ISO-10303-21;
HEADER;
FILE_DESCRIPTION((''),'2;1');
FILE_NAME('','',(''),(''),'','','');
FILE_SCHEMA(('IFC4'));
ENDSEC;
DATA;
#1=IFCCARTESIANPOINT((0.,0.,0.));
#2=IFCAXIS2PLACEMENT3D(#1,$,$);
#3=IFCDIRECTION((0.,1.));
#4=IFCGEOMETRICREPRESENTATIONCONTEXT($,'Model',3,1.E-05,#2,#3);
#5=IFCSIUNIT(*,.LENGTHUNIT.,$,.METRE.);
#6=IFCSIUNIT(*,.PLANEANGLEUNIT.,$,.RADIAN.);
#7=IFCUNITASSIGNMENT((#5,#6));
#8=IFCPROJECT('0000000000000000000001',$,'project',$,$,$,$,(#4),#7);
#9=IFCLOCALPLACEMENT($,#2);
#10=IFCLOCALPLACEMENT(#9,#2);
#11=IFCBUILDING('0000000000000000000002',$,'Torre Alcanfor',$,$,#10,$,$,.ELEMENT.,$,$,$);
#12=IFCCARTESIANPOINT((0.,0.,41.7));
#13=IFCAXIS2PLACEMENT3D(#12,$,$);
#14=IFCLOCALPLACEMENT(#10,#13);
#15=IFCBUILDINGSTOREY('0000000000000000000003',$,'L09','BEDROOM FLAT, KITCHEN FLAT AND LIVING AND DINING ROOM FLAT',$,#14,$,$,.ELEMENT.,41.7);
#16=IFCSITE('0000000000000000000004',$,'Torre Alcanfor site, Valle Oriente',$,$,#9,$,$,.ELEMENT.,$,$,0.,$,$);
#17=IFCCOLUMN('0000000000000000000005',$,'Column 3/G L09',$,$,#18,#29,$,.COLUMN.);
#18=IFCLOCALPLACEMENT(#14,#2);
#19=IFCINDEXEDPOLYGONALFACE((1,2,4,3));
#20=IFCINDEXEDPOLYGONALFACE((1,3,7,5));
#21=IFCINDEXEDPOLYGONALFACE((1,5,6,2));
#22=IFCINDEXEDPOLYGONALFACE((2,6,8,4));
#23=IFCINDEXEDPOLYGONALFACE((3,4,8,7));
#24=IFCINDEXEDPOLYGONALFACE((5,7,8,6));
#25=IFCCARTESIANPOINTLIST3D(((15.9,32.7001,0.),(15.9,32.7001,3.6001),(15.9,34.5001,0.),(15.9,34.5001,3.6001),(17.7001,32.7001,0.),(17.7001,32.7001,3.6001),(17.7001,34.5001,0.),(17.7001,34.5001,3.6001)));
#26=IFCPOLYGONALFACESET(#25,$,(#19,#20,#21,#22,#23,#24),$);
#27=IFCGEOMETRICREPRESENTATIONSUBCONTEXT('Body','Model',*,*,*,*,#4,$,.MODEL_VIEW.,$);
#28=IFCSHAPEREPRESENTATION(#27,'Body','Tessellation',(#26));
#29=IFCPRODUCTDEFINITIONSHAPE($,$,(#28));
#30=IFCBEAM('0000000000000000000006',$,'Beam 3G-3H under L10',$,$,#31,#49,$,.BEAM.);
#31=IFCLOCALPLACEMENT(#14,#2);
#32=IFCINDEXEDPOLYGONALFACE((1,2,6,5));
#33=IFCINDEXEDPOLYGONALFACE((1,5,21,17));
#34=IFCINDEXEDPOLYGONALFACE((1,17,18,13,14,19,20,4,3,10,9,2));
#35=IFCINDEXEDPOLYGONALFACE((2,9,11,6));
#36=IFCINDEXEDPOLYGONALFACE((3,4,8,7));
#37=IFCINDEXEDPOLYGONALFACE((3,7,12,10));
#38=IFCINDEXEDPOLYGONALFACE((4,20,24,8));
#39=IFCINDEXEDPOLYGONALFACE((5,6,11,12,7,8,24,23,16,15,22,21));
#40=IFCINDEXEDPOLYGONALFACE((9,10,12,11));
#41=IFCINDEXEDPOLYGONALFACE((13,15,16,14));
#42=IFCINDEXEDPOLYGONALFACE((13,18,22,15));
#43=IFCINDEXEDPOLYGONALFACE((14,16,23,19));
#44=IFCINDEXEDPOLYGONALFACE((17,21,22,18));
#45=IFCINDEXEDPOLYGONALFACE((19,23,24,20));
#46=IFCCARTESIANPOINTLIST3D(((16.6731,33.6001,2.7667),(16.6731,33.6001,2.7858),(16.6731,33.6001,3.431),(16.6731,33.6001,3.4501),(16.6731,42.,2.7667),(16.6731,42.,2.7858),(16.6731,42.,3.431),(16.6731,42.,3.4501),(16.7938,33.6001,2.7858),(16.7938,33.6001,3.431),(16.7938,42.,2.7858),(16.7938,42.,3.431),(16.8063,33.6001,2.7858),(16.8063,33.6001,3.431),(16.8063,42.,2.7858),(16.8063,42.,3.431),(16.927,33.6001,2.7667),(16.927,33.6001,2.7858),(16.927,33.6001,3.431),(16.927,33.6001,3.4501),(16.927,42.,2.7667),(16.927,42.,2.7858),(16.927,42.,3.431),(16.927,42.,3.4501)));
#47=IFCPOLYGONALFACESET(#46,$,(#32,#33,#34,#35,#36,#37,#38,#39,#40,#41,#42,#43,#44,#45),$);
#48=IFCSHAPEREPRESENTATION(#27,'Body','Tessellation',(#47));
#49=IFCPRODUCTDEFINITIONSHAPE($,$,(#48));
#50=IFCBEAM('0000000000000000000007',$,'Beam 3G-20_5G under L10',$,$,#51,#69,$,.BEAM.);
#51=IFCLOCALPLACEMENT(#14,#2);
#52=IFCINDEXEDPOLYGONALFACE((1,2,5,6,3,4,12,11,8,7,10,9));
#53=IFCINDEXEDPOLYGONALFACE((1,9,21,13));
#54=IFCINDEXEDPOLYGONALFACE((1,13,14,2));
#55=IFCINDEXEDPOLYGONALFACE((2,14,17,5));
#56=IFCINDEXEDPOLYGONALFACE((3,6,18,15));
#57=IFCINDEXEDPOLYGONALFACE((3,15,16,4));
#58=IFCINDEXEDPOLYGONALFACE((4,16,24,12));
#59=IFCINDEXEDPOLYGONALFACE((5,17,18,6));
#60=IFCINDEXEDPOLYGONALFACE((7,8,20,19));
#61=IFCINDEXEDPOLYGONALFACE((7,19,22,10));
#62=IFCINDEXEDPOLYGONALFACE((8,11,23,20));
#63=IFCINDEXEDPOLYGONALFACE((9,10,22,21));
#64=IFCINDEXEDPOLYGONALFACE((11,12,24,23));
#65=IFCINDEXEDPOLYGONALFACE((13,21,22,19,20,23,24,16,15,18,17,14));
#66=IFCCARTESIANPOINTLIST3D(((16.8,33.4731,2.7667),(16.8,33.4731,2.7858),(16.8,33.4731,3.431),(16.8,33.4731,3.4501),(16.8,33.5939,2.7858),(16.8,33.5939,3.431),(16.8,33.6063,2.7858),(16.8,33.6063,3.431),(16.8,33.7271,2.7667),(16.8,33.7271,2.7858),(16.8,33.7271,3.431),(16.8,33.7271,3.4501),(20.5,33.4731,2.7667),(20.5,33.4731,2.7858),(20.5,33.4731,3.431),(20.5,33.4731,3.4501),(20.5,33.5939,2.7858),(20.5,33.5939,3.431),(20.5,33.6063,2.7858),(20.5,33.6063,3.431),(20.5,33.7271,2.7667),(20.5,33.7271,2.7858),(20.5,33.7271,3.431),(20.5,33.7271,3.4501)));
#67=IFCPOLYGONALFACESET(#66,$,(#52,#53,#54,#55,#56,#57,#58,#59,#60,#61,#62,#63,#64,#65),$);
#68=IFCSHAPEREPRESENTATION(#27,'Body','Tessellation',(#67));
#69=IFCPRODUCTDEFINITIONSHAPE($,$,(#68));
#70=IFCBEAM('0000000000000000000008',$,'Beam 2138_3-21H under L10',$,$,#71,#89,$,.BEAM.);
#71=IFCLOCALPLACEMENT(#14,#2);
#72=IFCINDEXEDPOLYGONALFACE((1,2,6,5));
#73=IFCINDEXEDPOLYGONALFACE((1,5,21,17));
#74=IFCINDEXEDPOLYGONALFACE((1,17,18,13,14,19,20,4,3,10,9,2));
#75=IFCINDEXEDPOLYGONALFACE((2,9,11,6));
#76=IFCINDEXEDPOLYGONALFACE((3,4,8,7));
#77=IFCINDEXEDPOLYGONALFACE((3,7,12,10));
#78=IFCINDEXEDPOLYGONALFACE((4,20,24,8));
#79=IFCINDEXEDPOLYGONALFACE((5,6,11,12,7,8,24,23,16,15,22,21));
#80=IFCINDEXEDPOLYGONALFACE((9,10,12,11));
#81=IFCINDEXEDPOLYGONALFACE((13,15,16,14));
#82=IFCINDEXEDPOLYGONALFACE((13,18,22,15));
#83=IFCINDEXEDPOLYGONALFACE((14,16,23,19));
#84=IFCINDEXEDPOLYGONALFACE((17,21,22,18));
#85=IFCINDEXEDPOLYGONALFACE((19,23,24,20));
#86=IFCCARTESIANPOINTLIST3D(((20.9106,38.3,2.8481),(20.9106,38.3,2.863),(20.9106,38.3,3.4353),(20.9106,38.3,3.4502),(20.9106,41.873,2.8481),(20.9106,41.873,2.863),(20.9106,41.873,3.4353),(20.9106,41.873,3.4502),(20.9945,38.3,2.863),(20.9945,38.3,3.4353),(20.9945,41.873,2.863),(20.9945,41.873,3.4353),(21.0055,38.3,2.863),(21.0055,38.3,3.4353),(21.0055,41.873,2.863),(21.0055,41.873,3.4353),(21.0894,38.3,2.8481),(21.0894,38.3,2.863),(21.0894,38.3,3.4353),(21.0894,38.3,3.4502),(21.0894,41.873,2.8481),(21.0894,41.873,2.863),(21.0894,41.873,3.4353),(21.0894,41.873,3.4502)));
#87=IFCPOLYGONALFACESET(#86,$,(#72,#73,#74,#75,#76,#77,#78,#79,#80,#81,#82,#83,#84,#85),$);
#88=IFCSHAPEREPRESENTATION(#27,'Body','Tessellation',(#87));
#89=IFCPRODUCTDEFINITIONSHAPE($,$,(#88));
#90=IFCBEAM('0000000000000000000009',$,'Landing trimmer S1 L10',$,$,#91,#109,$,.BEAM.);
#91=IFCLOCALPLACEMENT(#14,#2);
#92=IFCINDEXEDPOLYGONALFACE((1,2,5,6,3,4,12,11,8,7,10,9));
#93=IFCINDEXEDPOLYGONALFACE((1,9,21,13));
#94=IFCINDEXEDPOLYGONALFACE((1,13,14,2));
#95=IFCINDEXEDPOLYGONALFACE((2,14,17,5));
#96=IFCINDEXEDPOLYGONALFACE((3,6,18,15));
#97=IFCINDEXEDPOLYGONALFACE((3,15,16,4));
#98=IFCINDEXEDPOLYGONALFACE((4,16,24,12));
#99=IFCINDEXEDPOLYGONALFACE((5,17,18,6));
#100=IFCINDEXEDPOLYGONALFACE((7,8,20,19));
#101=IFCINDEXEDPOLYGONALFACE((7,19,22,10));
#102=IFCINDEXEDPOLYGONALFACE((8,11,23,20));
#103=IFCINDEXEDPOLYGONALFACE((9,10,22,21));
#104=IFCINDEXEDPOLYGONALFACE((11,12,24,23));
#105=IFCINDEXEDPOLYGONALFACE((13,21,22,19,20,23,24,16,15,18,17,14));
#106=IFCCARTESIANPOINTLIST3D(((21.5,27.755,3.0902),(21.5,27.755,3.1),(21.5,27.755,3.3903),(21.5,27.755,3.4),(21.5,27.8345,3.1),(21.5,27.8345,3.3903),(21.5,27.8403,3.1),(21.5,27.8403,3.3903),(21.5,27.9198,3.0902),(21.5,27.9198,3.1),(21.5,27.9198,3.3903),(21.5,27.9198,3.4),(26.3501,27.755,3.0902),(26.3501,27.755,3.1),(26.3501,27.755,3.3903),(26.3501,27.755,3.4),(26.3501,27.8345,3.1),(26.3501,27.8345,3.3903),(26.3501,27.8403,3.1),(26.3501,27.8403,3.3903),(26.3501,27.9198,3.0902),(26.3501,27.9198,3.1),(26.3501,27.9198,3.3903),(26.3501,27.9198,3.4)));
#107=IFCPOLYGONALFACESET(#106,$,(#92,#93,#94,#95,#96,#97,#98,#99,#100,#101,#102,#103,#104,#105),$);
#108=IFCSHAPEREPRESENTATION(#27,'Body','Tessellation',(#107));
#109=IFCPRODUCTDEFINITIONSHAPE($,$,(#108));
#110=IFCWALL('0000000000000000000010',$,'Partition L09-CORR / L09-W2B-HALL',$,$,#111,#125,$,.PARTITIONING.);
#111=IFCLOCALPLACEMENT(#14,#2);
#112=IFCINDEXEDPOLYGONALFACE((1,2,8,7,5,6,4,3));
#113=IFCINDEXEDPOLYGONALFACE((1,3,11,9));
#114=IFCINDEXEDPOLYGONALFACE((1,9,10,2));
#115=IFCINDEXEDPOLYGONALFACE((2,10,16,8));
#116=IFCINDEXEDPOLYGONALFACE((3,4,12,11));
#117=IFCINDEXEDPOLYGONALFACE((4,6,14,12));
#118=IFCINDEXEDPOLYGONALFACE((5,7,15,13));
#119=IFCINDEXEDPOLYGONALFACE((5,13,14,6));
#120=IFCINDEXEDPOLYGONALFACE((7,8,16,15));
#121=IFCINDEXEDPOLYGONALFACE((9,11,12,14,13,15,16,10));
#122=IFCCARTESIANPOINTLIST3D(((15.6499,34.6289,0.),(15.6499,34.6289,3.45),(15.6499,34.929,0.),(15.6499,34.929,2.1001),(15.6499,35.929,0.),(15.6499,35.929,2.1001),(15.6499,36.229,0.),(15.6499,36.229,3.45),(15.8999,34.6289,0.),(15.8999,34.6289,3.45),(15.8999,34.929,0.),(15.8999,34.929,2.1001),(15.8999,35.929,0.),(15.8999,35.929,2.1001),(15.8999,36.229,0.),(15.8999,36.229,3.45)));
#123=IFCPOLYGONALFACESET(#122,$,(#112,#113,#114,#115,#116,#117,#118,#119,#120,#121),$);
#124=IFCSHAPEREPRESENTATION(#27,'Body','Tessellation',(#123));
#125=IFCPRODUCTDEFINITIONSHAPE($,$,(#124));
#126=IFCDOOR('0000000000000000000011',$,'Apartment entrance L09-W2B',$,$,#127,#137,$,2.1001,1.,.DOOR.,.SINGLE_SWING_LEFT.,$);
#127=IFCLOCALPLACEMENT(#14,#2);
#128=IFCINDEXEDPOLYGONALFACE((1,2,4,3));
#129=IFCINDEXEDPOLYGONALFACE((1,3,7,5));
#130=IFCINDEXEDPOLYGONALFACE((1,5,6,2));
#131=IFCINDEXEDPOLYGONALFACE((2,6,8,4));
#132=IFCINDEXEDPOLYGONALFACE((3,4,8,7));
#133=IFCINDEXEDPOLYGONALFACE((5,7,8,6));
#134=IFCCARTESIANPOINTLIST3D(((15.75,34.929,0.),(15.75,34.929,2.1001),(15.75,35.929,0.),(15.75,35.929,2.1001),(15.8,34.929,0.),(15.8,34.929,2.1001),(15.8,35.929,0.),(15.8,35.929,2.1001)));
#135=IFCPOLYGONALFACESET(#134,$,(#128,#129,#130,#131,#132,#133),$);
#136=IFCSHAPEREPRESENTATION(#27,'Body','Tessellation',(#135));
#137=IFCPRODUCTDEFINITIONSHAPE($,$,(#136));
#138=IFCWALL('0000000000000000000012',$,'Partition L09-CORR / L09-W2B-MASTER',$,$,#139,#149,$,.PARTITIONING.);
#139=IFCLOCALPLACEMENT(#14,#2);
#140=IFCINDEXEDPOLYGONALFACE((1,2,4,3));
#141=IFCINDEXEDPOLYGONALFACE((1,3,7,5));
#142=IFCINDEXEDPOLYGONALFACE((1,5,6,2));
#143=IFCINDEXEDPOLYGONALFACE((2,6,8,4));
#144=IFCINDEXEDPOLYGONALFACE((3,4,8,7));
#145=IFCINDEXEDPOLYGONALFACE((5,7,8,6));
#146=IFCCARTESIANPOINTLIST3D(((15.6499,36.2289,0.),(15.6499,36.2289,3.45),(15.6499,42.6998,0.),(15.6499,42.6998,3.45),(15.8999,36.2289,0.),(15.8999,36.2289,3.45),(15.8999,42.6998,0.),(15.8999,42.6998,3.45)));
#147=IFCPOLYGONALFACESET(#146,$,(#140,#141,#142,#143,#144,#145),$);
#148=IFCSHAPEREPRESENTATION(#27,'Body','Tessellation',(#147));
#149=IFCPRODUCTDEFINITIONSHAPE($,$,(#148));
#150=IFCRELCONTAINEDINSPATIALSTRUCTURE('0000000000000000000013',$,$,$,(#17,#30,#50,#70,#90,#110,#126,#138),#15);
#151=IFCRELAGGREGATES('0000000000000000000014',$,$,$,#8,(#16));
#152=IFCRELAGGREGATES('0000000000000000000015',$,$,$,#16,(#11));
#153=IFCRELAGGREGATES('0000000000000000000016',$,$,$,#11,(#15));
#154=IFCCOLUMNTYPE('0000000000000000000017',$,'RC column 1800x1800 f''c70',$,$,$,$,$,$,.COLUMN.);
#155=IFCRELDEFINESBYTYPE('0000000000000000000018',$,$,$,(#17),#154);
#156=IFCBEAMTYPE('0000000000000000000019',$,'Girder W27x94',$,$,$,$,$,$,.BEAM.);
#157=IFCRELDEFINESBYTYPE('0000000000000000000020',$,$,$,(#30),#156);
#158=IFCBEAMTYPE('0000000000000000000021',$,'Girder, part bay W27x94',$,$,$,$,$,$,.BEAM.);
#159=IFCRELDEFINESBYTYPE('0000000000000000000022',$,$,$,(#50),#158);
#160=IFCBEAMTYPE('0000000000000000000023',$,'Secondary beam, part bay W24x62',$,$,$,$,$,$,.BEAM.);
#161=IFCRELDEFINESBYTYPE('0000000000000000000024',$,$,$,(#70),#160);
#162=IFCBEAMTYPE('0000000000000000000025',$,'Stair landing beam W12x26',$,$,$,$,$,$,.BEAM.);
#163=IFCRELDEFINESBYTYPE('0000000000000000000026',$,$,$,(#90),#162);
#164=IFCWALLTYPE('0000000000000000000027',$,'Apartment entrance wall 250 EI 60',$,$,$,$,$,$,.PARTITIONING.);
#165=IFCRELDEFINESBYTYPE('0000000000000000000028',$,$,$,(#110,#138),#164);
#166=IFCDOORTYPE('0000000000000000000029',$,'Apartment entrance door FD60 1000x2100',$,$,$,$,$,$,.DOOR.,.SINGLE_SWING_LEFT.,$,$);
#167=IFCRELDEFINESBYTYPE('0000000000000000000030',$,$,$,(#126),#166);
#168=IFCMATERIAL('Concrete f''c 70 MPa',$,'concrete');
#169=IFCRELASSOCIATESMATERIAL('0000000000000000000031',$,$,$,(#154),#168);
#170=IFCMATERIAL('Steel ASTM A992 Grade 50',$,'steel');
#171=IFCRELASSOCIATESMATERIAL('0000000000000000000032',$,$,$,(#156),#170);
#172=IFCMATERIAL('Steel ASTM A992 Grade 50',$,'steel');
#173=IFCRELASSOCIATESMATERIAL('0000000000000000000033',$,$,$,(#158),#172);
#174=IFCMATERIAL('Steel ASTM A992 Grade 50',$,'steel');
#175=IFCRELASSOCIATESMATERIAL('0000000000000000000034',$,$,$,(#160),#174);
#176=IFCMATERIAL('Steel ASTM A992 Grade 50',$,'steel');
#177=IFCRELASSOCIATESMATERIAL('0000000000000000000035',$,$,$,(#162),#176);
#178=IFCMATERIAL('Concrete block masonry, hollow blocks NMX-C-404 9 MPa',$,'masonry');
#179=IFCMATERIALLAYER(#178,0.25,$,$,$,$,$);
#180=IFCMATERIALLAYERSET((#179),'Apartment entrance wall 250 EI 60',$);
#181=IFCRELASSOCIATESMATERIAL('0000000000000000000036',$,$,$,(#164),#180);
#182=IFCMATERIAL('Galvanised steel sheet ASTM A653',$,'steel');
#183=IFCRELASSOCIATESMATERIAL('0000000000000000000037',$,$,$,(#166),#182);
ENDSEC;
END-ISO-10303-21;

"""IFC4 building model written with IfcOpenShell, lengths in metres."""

from ifc_helpers import new_model, si_unit, direction, frame, frame_2d, origin, origin_2d, place, context, subcontext, project, spatial, rectangle, i_section, extrude, material, layer, layer_set, material_profile, profile_set, type_object, element, fill, save


model = new_model("IFC4")

# Units and contexts
model_context = context("Model", 3, precision=1e-05, world=origin(), true_north=direction((0.0, 1.0)))
body_context = subcontext(model_context, "Body", "Model", "MODEL_VIEW")
ifc_project = project(units=[si_unit("LENGTHUNIT", "METRE"), si_unit("PLANEANGLEUNIT", "RADIAN")], contexts=[model_context])

# Site, building, storey
site_placement = place(None, origin())
site = spatial("IfcSite", under=ifc_project, at=site_placement, Name="Torre Alcanfor site, Valle Oriente", CompositionType="ELEMENT", RefElevation=0.0)
building_placement = place(site_placement, origin())
building = spatial("IfcBuilding", under=site, at=building_placement, Name="Torre Alcanfor", CompositionType="ELEMENT")
storey_placement = place(building_placement, frame((0.0, 0.0, 41.7)))
storey = spatial("IfcBuildingStorey", under=building, at=storey_placement, Name="L09", Description="BEDROOM FLAT, KITCHEN FLAT AND LIVING AND DINING ROOM FLAT", CompositionType="ELEMENT", Elevation=41.7)

# Column
ifc_material_1 = material(Name="Concrete f'c 70 MPa", Category="concrete")
ifc_material_profile_1 = material_profile(ifc_material_1, rectangle(XDim=1.8, YDim=1.8, at=origin_2d()), Name="1800x1800")
ifc_profile_set_1 = profile_set([ifc_material_profile_1], Name="Concrete f'c 70 MPa")
column_type = type_object("IfcColumnType", Name="RC column 1800x1800 f'c70", PredefinedType="COLUMN", material=ifc_profile_set_1)
column_placement = place(storey_placement, frame((16.8, 33.6001, 0.0), z_axis=(0.0, 0.0, 1.0), x_axis=(1.0, 0.0, 0.0)))
element("IfcColumn", 1, at=column_placement, inside=storey, type_object=column_type, Name="Column 3/G L09", PredefinedType="COLUMN", context=body_context, shape_type="SweptSolid", body=[
    extrude(rectangle(XDim=1.8, YDim=1.8, at=origin_2d()), origin(), (0.0, 0.0, 1.0), 3.6001),
])

# Beams
ifc_material_2 = material(Name="Steel ASTM A992 Grade 50", Category="steel")
ifc_material_profile_2 = material_profile(ifc_material_2, i_section(OverallWidth=0.2539, OverallDepth=0.6833, WebThickness=0.0125, FlangeThickness=0.019, at=origin_2d()), Name="W27x94")
ifc_profile_set_2 = profile_set([ifc_material_profile_2], Name="Steel ASTM A992 Grade 50")
beam_type_1 = type_object("IfcBeamType", Name="Girder W27x94", PredefinedType="BEAM", material=ifc_profile_set_2)
beam_1_placement = place(storey_placement, frame((16.8, 33.6001, 3.1084), z_axis=(0.0, 1.0, 0.0), x_axis=(-1.0, 0.0, 0.0)))
element("IfcBeam", 2, at=beam_1_placement, inside=storey, type_object=beam_type_1, Name="Beam 3G-3H under L10", PredefinedType="BEAM", context=body_context, shape_type="SweptSolid", body=[
    extrude(i_section(OverallWidth=0.2539, OverallDepth=0.6833, WebThickness=0.0125, FlangeThickness=0.019, at=origin_2d()), origin(), (0.0, 0.0, 1.0), 8.3999),
])
ifc_material_3 = material(Name="Steel ASTM A992 Grade 50", Category="steel")
ifc_material_profile_3 = material_profile(ifc_material_3, i_section(OverallWidth=0.2539, OverallDepth=0.6833, WebThickness=0.0125, FlangeThickness=0.019, at=origin_2d()), Name="W27x94")
ifc_profile_set_3 = profile_set([ifc_material_profile_3], Name="Steel ASTM A992 Grade 50")
beam_type_2 = type_object("IfcBeamType", Name="Girder, part bay W27x94", PredefinedType="BEAM", material=ifc_profile_set_3)
beam_2_placement = place(storey_placement, frame((16.8, 33.6001, 3.1084), z_axis=(1.0, 0.0, 0.0), x_axis=(0.0, 1.0, 0.0)))
element("IfcBeam", 3, at=beam_2_placement, inside=storey, type_object=beam_type_2, Name="Beam 3G-20_5G under L10", PredefinedType="BEAM", context=body_context, shape_type="SweptSolid", body=[
    extrude(i_section(OverallWidth=0.2539, OverallDepth=0.6833, WebThickness=0.0125, FlangeThickness=0.019, at=origin_2d()), origin(), (0.0, 0.0, 1.0), 3.7),
])
ifc_material_4 = material(Name="Steel ASTM A992 Grade 50", Category="steel")
ifc_material_profile_4 = material_profile(ifc_material_4, i_section(OverallWidth=0.1787, OverallDepth=0.6021, WebThickness=0.011, FlangeThickness=0.0149, at=origin_2d()), Name="W24x62")
ifc_profile_set_4 = profile_set([ifc_material_profile_4], Name="Steel ASTM A992 Grade 50")
beam_type_3 = type_object("IfcBeamType", Name="Secondary beam, part bay W24x62", PredefinedType="BEAM", material=ifc_profile_set_4)
beam_3_placement = place(storey_placement, frame((21.0, 38.3, 3.1492), z_axis=(0.0, 1.0, 0.0), x_axis=(-1.0, 0.0, 0.0)))
element("IfcBeam", 4, at=beam_3_placement, inside=storey, type_object=beam_type_3, Name="Beam 2138_3-21H under L10", PredefinedType="BEAM", context=body_context, shape_type="SweptSolid", body=[
    extrude(i_section(OverallWidth=0.1787, OverallDepth=0.6021, WebThickness=0.011, FlangeThickness=0.0149, at=origin_2d()), origin(), (0.0, 0.0, 1.0), 3.573),
])
ifc_material_5 = material(Name="Steel ASTM A992 Grade 50", Category="steel")
ifc_material_profile_5 = material_profile(ifc_material_5, i_section(OverallWidth=0.1648, OverallDepth=0.3098, WebThickness=0.0059, FlangeThickness=0.0098, at=origin_2d()), Name="W12x26")
ifc_profile_set_5 = profile_set([ifc_material_profile_5], Name="Steel ASTM A992 Grade 50")
beam_type_4 = type_object("IfcBeamType", Name="Stair landing beam W12x26", PredefinedType="BEAM", material=ifc_profile_set_5)
beam_4_placement = place(storey_placement, frame((21.5, 27.8374, 3.2451), z_axis=(1.0, 0.0, 0.0), x_axis=(0.0, 1.0, 0.0)))
element("IfcBeam", 5, at=beam_4_placement, inside=storey, type_object=beam_type_4, Name="Landing trimmer S1 L10", PredefinedType="BEAM", context=body_context, shape_type="SweptSolid", body=[
    extrude(i_section(OverallWidth=0.1648, OverallDepth=0.3098, WebThickness=0.0059, FlangeThickness=0.0098, at=origin_2d()), origin(), (0.0, 0.0, 1.0), 4.8501),
])

# Wall, opening, door
ifc_material_6 = material(Name="Concrete block masonry, hollow blocks NMX-C-404 9 MPa", Category="masonry")
ifc_layer_1 = layer(ifc_material_6, 0.25)
ifc_layer_set_1 = layer_set([ifc_layer_1], Name="Apartment entrance wall 250 EI 60")
wall_type_1 = type_object("IfcWallType", Name="Apartment entrance wall 250 EI 60", PredefinedType="PARTITIONING", material=ifc_layer_set_1)
wall_1_placement = place(storey_placement, frame((15.7749, 34.6289, 0.0), z_axis=(0.0, 0.0, 1.0), x_axis=(0.0, 1.0, 0.0)))
wall_1 = element("IfcWall", 6, at=wall_1_placement, inside=storey, type_object=wall_type_1, Name="Partition L09-CORR / L09-W2B-HALL", PredefinedType="PARTITIONING", context=body_context, shape_type="SweptSolid", body=[
    extrude(rectangle(XDim=1.6001, YDim=0.25, at=frame_2d((0.8, 0.0))), origin(), (0.0, 0.0, 1.0), 3.45),
])
opening_1_placement = place(wall_1_placement, frame((0.3, 0.0, 0.0)))
opening_1 = element("IfcOpeningElement", 7, at=opening_1_placement, cuts=wall_1, PredefinedType="OPENING", context=body_context, shape_type="SweptSolid", body=[
    extrude(rectangle(XDim=1.0, YDim=2.1001, at=frame_2d((0.5, 1.05))), frame((0.0, 0.135, 0.0), z_axis=(0.0, -1.0, 0.0), x_axis=(1.0, 0.0, 0.0)), (0.0, 0.0, 1.0), 0.27),
])
ifc_material_7 = material(Name="Galvanised steel sheet ASTM A653", Category="steel")
door_type_1 = type_object("IfcDoorType", Name="Apartment entrance door FD60 1000x2100", OperationType="SINGLE_SWING_LEFT", PredefinedType="DOOR", material=ifc_material_7)
door_1_placement = place(opening_1_placement, origin())
door_1 = element("IfcDoor", 8, at=door_1_placement, inside=storey, type_object=door_type_1, Name="Apartment entrance L09-W2B", OperationType="SINGLE_SWING_LEFT", OverallHeight=2.1001, OverallWidth=1.0, PredefinedType="DOOR", context=body_context, shape_type="SweptSolid", body=[
    extrude(rectangle(XDim=1.0, YDim=2.1001, at=frame_2d((0.5, 1.05))), frame((0.0, 0.0249, 0.0), z_axis=(0.0, -1.0, 0.0), x_axis=(1.0, 0.0, 0.0)), (0.0, 0.0, 1.0), 0.05),
])
fill(opening_1, door_1)

# Wall
wall_2_placement = place(storey_placement, frame((15.7749, 36.229, 0.0), z_axis=(0.0, 0.0, 1.0), x_axis=(0.0, 1.0, 0.0)))
element("IfcWall", 9, at=wall_2_placement, inside=storey, type_object=wall_type_1, Name="Partition L09-CORR / L09-W2B-MASTER", PredefinedType="PARTITIONING", context=body_context, shape_type="SweptSolid", body=[
    extrude(rectangle(XDim=6.4709, YDim=0.25, at=frame_2d((3.2354, 0.0))), origin(), (0.0, 0.0, 1.0), 3.45),
])

save(model, "model.ifc")
